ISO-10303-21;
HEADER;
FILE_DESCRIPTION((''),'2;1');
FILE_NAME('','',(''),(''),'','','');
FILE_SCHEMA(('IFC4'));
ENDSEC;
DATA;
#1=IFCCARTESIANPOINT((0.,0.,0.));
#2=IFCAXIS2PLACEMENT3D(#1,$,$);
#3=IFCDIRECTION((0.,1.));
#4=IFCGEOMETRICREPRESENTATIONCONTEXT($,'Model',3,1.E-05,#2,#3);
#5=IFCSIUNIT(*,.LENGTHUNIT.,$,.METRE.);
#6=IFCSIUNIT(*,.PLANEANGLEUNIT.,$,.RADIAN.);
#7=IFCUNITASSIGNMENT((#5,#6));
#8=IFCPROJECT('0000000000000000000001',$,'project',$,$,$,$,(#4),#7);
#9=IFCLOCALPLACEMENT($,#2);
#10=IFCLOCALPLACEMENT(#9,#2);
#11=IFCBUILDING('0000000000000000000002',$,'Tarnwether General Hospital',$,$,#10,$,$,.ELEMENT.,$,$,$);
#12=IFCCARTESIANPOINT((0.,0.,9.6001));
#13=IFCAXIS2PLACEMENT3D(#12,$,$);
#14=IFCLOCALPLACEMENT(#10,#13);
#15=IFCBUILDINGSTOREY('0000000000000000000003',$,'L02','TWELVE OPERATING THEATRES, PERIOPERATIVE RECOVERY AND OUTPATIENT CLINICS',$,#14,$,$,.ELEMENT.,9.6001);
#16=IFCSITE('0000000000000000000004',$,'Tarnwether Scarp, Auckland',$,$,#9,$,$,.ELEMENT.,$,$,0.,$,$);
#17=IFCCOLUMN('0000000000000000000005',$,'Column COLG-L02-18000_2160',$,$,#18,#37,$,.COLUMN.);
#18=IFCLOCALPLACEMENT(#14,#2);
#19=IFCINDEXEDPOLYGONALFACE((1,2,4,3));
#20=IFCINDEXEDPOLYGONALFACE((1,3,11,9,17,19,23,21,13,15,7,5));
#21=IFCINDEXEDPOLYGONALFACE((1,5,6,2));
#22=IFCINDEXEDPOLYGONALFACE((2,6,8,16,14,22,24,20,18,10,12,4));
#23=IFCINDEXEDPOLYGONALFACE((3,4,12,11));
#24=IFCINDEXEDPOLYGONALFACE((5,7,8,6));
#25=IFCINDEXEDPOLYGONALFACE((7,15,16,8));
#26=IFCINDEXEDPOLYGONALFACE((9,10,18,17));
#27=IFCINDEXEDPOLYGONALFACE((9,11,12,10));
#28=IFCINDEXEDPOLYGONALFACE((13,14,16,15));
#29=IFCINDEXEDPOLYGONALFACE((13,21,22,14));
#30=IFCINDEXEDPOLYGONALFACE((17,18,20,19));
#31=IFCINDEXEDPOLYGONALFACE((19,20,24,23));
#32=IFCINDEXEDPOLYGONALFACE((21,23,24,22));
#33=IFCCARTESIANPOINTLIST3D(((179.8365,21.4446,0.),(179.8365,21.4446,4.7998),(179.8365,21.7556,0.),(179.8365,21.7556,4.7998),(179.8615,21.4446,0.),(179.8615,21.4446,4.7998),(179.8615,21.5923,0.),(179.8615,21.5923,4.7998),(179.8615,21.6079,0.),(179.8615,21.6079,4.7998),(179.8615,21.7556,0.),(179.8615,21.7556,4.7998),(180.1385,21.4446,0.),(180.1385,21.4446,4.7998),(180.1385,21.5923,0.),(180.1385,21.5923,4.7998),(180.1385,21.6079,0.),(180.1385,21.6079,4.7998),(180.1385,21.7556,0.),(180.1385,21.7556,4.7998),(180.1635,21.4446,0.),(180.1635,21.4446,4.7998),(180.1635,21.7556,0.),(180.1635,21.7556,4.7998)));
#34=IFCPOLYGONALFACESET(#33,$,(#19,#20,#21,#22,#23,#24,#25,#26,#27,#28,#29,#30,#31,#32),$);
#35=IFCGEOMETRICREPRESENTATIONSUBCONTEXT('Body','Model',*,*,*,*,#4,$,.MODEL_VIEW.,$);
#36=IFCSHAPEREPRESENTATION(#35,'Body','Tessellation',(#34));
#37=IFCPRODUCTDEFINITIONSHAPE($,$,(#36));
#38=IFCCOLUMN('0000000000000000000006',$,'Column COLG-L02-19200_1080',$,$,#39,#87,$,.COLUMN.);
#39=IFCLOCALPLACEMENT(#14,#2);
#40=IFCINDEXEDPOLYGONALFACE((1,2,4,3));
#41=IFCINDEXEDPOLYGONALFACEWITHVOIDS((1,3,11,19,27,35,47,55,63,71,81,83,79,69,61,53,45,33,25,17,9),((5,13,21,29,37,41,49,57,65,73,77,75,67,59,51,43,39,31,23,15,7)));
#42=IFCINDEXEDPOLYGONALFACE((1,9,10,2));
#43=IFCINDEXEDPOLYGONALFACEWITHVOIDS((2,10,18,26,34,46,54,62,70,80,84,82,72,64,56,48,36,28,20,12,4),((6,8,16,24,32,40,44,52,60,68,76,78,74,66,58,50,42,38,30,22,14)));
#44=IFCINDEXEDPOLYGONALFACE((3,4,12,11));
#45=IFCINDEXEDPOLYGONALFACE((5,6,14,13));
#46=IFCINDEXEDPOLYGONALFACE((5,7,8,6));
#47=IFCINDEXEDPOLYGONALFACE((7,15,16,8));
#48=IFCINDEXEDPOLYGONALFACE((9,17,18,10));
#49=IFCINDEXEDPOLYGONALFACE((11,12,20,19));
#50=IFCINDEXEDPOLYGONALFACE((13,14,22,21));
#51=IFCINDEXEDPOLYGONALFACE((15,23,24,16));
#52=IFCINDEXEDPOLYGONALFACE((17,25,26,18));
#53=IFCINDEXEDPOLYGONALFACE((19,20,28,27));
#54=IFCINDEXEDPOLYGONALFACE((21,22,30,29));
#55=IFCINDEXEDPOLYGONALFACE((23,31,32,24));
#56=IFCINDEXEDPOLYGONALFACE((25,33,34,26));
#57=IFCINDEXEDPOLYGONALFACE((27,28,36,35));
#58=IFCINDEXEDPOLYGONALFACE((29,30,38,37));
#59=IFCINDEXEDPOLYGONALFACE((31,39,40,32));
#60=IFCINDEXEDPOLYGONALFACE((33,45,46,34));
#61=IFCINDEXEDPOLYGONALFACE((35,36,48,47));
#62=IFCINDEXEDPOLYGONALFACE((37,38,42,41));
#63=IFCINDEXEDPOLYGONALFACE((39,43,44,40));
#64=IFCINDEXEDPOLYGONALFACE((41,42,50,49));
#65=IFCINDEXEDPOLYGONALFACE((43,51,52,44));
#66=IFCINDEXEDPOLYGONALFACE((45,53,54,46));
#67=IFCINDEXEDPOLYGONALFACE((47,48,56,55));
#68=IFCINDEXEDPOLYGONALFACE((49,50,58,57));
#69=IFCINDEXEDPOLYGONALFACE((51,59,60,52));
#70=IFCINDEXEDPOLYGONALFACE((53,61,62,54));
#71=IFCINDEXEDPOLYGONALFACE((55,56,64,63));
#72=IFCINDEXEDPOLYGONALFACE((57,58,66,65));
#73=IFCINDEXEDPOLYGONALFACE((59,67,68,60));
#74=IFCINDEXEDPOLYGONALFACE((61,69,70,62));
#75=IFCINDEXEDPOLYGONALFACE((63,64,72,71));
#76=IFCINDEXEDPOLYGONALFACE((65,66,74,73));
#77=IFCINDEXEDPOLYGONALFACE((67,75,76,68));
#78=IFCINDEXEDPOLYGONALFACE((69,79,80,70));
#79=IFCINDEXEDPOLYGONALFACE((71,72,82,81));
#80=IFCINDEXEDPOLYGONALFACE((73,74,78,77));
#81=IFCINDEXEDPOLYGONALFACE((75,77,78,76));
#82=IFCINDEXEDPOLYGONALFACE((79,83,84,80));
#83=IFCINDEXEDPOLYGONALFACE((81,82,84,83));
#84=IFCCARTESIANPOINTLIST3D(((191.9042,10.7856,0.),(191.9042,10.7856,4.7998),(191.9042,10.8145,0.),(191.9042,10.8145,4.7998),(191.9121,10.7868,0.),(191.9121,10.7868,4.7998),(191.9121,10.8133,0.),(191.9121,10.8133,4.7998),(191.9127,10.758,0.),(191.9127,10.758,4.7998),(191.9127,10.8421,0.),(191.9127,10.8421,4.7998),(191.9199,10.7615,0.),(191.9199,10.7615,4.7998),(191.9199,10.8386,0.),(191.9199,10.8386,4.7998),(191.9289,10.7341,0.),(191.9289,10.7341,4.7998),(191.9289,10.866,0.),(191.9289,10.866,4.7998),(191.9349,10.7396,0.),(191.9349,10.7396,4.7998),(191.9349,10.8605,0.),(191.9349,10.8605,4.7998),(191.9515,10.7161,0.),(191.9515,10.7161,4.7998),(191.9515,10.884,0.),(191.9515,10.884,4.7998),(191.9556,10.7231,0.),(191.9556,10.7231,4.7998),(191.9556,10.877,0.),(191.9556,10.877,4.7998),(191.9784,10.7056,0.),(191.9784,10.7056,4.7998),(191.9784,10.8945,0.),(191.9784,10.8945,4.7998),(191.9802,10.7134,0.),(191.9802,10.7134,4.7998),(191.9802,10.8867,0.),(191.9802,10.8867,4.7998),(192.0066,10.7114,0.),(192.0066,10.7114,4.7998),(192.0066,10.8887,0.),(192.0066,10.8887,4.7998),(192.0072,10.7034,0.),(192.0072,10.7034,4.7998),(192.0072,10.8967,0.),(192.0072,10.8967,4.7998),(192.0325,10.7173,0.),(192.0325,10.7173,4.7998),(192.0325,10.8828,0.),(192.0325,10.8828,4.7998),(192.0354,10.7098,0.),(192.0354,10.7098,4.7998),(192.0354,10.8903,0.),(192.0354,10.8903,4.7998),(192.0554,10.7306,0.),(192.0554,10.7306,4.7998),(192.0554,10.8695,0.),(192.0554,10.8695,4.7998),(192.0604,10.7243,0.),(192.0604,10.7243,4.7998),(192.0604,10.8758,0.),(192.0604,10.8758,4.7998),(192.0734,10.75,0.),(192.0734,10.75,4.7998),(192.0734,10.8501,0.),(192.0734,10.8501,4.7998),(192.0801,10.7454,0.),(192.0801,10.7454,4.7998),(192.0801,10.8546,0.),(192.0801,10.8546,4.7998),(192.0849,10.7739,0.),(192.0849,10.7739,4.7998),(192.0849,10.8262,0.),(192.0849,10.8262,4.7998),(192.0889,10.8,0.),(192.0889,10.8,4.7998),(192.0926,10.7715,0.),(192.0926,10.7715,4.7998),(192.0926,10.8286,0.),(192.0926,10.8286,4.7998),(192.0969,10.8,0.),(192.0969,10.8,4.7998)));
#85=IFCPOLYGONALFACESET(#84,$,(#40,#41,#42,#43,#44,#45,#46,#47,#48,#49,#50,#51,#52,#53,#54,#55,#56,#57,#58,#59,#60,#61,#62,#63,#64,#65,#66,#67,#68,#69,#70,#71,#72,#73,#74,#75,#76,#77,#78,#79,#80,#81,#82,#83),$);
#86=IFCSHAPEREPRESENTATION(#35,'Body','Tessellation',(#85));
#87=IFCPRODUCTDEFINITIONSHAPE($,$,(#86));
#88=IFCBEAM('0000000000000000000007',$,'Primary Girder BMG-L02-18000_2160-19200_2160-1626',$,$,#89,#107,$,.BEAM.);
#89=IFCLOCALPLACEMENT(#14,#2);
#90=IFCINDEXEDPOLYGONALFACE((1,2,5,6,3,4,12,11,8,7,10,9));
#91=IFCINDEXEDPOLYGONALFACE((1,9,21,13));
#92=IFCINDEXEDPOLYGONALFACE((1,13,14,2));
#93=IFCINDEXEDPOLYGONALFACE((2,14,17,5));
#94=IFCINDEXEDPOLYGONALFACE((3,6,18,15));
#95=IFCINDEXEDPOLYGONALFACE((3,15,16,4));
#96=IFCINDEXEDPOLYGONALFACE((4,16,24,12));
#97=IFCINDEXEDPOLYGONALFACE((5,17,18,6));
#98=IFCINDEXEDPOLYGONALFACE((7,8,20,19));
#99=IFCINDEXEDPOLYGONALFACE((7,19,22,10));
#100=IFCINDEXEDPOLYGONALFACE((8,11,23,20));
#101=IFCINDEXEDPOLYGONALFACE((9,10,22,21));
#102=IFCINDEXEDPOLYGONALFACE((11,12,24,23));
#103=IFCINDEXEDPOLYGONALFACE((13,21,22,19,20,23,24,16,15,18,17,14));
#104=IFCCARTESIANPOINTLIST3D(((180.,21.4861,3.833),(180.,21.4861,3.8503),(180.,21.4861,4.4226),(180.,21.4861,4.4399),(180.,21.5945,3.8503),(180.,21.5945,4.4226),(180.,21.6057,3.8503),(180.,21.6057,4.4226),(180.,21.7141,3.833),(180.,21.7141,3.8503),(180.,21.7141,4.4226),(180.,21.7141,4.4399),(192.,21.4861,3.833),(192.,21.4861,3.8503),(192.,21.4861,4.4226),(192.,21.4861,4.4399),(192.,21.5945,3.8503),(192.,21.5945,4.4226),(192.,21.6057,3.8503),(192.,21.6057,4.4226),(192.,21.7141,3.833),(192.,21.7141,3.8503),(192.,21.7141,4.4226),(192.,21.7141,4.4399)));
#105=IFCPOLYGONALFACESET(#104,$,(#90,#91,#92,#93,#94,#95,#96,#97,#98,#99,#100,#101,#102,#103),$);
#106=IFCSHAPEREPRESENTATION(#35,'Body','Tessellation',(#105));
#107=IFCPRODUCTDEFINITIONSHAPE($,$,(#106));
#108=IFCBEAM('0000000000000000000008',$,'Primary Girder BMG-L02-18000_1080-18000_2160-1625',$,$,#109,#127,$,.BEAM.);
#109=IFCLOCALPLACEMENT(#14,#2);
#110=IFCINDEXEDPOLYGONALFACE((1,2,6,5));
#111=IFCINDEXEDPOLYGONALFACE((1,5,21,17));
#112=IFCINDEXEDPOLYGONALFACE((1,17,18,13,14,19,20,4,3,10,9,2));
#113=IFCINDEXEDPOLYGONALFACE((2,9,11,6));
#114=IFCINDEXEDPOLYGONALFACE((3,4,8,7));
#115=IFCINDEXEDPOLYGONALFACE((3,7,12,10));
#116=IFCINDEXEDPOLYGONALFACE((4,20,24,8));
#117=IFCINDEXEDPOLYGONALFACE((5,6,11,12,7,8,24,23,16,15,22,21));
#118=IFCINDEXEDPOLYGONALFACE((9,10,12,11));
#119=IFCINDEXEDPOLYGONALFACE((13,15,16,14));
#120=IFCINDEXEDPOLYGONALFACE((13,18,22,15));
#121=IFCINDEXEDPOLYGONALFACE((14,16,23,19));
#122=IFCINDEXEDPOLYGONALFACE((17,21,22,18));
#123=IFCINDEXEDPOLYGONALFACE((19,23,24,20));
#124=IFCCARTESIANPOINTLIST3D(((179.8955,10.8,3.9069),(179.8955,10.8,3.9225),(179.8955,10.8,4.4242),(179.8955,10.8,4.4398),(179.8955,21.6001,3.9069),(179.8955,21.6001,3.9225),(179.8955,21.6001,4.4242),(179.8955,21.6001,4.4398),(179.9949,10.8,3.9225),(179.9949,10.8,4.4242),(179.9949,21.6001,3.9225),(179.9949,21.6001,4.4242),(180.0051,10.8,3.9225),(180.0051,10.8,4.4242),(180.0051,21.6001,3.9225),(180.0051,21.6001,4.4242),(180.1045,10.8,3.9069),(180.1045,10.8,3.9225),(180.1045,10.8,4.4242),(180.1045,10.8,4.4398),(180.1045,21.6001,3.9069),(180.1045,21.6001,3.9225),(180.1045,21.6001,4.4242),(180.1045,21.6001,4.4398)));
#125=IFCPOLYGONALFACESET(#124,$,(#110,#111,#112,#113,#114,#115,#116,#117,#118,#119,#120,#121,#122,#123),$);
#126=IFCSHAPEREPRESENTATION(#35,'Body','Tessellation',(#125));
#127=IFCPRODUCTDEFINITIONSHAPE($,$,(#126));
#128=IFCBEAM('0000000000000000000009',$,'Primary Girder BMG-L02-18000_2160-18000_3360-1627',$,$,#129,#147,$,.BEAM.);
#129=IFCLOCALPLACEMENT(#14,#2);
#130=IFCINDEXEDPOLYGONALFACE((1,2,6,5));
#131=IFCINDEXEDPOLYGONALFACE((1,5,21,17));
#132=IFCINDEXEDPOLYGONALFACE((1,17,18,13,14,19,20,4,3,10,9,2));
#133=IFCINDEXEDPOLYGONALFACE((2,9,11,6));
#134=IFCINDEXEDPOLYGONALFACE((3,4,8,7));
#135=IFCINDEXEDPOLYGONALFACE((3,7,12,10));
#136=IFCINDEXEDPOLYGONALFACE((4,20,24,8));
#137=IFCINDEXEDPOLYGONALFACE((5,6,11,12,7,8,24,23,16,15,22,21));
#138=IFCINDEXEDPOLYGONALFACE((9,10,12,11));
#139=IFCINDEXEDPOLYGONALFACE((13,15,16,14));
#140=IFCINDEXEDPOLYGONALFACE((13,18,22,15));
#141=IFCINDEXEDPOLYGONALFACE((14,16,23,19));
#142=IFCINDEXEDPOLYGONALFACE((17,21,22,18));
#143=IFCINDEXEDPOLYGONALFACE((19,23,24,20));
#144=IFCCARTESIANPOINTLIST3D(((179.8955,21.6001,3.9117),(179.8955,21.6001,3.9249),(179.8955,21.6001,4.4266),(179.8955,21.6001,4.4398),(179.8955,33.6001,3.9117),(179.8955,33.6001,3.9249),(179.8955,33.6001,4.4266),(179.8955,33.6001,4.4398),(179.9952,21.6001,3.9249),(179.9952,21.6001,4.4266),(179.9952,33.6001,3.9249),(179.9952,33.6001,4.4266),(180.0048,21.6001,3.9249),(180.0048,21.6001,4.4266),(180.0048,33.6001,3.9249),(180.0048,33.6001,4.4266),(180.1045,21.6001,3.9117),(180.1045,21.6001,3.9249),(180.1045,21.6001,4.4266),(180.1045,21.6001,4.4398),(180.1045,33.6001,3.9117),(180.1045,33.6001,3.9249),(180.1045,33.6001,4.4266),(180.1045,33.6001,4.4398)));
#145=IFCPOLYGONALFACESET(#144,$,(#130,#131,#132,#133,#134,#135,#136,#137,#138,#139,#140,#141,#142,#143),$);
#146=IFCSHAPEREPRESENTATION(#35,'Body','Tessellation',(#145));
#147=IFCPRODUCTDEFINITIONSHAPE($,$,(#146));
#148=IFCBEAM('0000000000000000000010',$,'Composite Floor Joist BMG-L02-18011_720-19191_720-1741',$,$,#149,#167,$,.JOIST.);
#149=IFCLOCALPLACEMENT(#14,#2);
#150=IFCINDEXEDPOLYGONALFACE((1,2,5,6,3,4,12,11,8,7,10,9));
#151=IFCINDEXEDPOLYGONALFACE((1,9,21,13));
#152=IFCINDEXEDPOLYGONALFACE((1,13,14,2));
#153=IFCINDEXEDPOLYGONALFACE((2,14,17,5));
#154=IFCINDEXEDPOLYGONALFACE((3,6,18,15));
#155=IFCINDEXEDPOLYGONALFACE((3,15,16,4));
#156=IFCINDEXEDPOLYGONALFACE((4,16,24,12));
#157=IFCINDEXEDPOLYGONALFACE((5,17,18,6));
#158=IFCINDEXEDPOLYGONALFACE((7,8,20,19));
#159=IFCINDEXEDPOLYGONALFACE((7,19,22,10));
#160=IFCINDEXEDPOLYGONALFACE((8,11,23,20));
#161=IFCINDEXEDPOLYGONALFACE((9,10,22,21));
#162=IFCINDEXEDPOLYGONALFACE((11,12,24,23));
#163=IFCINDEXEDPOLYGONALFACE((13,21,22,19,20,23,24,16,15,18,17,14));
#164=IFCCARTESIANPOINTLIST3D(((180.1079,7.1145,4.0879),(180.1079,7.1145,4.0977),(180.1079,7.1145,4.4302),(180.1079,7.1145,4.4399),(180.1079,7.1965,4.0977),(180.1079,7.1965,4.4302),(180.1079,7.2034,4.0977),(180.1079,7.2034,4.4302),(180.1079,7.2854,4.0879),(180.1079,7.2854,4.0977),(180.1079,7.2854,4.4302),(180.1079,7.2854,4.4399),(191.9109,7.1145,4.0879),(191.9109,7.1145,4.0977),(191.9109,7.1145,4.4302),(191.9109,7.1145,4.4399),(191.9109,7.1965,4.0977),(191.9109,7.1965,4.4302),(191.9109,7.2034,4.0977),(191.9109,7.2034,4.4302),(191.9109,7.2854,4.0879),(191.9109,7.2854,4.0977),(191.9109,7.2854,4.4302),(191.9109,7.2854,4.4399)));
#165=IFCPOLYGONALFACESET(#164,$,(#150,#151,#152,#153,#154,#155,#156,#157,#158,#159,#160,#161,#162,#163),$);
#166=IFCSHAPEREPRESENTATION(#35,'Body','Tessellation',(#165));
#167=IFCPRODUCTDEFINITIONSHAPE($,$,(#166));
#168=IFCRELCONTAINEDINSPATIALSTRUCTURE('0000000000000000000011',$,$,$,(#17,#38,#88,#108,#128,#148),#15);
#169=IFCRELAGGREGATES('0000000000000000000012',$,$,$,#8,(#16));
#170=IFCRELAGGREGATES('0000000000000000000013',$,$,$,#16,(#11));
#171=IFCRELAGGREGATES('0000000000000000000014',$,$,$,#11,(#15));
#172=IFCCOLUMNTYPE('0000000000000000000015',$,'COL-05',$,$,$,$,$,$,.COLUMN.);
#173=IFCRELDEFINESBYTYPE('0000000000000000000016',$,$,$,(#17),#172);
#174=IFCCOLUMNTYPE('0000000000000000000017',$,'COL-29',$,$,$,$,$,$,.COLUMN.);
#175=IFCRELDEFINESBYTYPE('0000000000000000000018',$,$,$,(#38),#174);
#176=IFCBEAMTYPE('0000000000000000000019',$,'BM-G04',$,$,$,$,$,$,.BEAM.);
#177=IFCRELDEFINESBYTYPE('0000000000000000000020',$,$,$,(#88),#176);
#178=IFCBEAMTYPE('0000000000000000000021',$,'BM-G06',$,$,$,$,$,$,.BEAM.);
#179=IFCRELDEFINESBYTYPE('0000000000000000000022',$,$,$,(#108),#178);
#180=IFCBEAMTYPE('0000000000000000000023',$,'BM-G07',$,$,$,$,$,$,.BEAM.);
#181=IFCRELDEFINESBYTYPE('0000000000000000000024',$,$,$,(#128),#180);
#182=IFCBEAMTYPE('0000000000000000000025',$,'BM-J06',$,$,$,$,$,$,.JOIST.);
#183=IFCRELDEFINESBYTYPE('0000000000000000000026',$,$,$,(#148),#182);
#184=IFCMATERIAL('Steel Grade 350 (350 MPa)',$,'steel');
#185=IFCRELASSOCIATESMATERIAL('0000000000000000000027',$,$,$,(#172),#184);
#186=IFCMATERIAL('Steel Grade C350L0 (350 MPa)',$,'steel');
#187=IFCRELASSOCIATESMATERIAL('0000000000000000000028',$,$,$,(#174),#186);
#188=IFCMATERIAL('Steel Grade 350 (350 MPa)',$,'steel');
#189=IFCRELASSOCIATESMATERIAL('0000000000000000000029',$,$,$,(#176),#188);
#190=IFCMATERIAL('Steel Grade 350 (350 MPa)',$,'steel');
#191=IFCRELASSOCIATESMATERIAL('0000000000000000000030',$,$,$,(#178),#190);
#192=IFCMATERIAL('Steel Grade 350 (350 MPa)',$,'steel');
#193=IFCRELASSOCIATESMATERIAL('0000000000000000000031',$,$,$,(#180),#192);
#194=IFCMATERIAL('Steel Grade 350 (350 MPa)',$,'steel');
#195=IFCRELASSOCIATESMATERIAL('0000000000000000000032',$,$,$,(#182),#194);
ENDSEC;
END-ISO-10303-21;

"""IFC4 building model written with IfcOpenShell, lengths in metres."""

from ifc_helpers import new_model, si_unit, direction, frame, origin, origin_2d, place, context, subcontext, project, spatial, hollow_circle, i_section, extrude, material, material_profile, profile_set, type_object, element, save


model = new_model("IFC4")

# Units and contexts
model_context = context("Model", 3, precision=1e-05, world=origin(), true_north=direction((0.0, 1.0)))
body_context = subcontext(model_context, "Body", "Model", "MODEL_VIEW")
ifc_project = project(units=[si_unit("LENGTHUNIT", "METRE"), si_unit("PLANEANGLEUNIT", "RADIAN")], contexts=[model_context])

# Site, building, storey
site_placement = place(None, origin())
site = spatial("IfcSite", under=ifc_project, at=site_placement, Name="Tarnwether Scarp, Auckland", CompositionType="ELEMENT", RefElevation=0.0)
building_placement = place(site_placement, origin())
building = spatial("IfcBuilding", under=site, at=building_placement, Name="Tarnwether General Hospital", CompositionType="ELEMENT")
storey_placement = place(building_placement, frame((0.0, 0.0, 9.6001)))
storey = spatial("IfcBuildingStorey", under=building, at=storey_placement, Name="L02", Description="TWELVE OPERATING THEATRES, PERIOPERATIVE RECOVERY AND OUTPATIENT CLINICS", CompositionType="ELEMENT", Elevation=9.6001)

# Columns
ifc_material_1 = material(Name="Steel Grade 350 (350 MPa)", Category="steel")
ifc_material_profile_1 = material_profile(ifc_material_1, i_section(OverallWidth=0.311, OverallDepth=0.3269, WebThickness=0.0156, FlangeThickness=0.0249, at=origin_2d()), Name="310UC158")
ifc_profile_set_1 = profile_set([ifc_material_profile_1], Name="Steel Grade 350 (350 MPa)")
column_type_1 = type_object("IfcColumnType", Name="COL-05", PredefinedType="COLUMN", material=ifc_profile_set_1)
column_1_placement = place(storey_placement, frame((180.0, 21.6001, 0.0), z_axis=(0.0, 0.0, 1.0), x_axis=(0.0, 1.0, 0.0)))
element("IfcColumn", 1, at=column_1_placement, inside=storey, type_object=column_type_1, Name="Column COLG-L02-18000_2160", PredefinedType="COLUMN", context=body_context, shape_type="SweptSolid", body=[
    extrude(i_section(OverallWidth=0.311, OverallDepth=0.3269, WebThickness=0.0156, FlangeThickness=0.0249, at=origin_2d()), origin(), (0.0, 0.0, 1.0), 4.7998),
])
ifc_material_2 = material(Name="Steel Grade C350L0 (350 MPa)", Category="steel")
ifc_material_profile_2 = material_profile(ifc_material_2, hollow_circle(Radius=0.0969, WallThickness=0.0081, at=origin_2d()), Name="CHS193.7x8.0")
ifc_profile_set_2 = profile_set([ifc_material_profile_2], Name="Steel Grade C350L0 (350 MPa)")
column_type_2 = type_object("IfcColumnType", Name="COL-29", PredefinedType="COLUMN", material=ifc_profile_set_2)
column_2_placement = place(storey_placement, frame((192.0, 10.8, 0.0), z_axis=(0.0, 0.0, 1.0), x_axis=(1.0, 0.0, 0.0)))
element("IfcColumn", 2, at=column_2_placement, inside=storey, type_object=column_type_2, Name="Column COLG-L02-19200_1080", PredefinedType="COLUMN", context=body_context, shape_type="SweptSolid", body=[
    extrude(hollow_circle(Radius=0.0969, WallThickness=0.0081, at=origin_2d()), origin(), (0.0, 0.0, 1.0), 4.7998),
])

# Beams
ifc_material_3 = material(Name="Steel Grade 350 (350 MPa)", Category="steel")
ifc_material_profile_3 = material_profile(ifc_material_3, i_section(OverallWidth=0.228, OverallDepth=0.6069, WebThickness=0.0112, FlangeThickness=0.0173, at=origin_2d()), Name="610UB113")
ifc_profile_set_3 = profile_set([ifc_material_profile_3], Name="Steel Grade 350 (350 MPa)")
beam_type_1 = type_object("IfcBeamType", Name="BM-G04", PredefinedType="BEAM", material=ifc_profile_set_3)
beam_1_placement = place(storey_placement, frame((180.0, 21.6001, 4.1365), z_axis=(1.0, 0.0, 0.0), x_axis=(0.0, 1.0, 0.0)))
element("IfcBeam", 3, at=beam_1_placement, inside=storey, type_object=beam_type_1, Name="Primary Girder BMG-L02-18000_2160-19200_2160-1626", PredefinedType="BEAM", context=body_context, shape_type="SweptSolid", body=[
    extrude(i_section(OverallWidth=0.228, OverallDepth=0.6069, WebThickness=0.0112, FlangeThickness=0.0173, at=origin_2d()), origin(), (0.0, 0.0, 1.0), 12.0),
])
ifc_material_4 = material(Name="Steel Grade 350 (350 MPa)", Category="steel")
ifc_material_profile_4 = material_profile(ifc_material_4, i_section(OverallWidth=0.209, OverallDepth=0.533, WebThickness=0.0103, FlangeThickness=0.0156, at=origin_2d()), Name="530UB92.4")
ifc_profile_set_4 = profile_set([ifc_material_profile_4], Name="Steel Grade 350 (350 MPa)")
beam_type_2 = type_object("IfcBeamType", Name="BM-G06", PredefinedType="BEAM", material=ifc_profile_set_4)
beam_2_placement = place(storey_placement, frame((180.0, 10.8, 4.1733), z_axis=(0.0, 1.0, 0.0), x_axis=(-1.0, 0.0, 0.0)))
element("IfcBeam", 4, at=beam_2_placement, inside=storey, type_object=beam_type_2, Name="Primary Girder BMG-L02-18000_1080-18000_2160-1625", PredefinedType="BEAM", context=body_context, shape_type="SweptSolid", body=[
    extrude(i_section(OverallWidth=0.209, OverallDepth=0.533, WebThickness=0.0103, FlangeThickness=0.0156, at=origin_2d()), origin(), (0.0, 0.0, 1.0), 10.8),
])
ifc_material_5 = material(Name="Steel Grade 350 (350 MPa)", Category="steel")
ifc_material_profile_5 = material_profile(ifc_material_5, i_section(OverallWidth=0.209, OverallDepth=0.5281, WebThickness=0.0095, FlangeThickness=0.0132, at=origin_2d()), Name="530UB82.0")
ifc_profile_set_5 = profile_set([ifc_material_profile_5], Name="Steel Grade 350 (350 MPa)")
beam_type_3 = type_object("IfcBeamType", Name="BM-G07", PredefinedType="BEAM", material=ifc_profile_set_5)
beam_3_placement = place(storey_placement, frame((180.0, 21.6001, 4.1758), z_axis=(0.0, 1.0, 0.0), x_axis=(-1.0, 0.0, 0.0)))
element("IfcBeam", 5, at=beam_3_placement, inside=storey, type_object=beam_type_3, Name="Primary Girder BMG-L02-18000_2160-18000_3360-1627", PredefinedType="BEAM", context=body_context, shape_type="SweptSolid", body=[
    extrude(i_section(OverallWidth=0.209, OverallDepth=0.5281, WebThickness=0.0095, FlangeThickness=0.0132, at=origin_2d()), origin(), (0.0, 0.0, 1.0), 12.0),
])
ifc_material_6 = material(Name="Steel Grade 350 (350 MPa)", Category="steel")
ifc_material_profile_6 = material_profile(ifc_material_6, i_section(OverallWidth=0.1709, OverallDepth=0.3521, WebThickness=0.0068, FlangeThickness=0.0098, at=origin_2d()), Name="360UB44.7")
ifc_profile_set_6 = profile_set([ifc_material_profile_6], Name="Steel Grade 350 (350 MPa)")
beam_type_4 = type_object("IfcBeamType", Name="BM-J06", PredefinedType="JOIST", material=ifc_profile_set_6)
beam_4_placement = place(storey_placement, frame((180.1079, 7.2, 4.2639), z_axis=(1.0, 0.0, 0.0), x_axis=(0.0, 1.0, 0.0)))
element("IfcBeam", 6, at=beam_4_placement, inside=storey, type_object=beam_type_4, Name="Composite Floor Joist BMG-L02-18011_720-19191_720-1741", PredefinedType="JOIST", context=body_context, shape_type="SweptSolid", body=[
    extrude(i_section(OverallWidth=0.1709, OverallDepth=0.3521, WebThickness=0.0068, FlangeThickness=0.0098, at=origin_2d()), origin(), (0.0, 0.0, 1.0), 11.803),
])

save(model, "model.ifc")
